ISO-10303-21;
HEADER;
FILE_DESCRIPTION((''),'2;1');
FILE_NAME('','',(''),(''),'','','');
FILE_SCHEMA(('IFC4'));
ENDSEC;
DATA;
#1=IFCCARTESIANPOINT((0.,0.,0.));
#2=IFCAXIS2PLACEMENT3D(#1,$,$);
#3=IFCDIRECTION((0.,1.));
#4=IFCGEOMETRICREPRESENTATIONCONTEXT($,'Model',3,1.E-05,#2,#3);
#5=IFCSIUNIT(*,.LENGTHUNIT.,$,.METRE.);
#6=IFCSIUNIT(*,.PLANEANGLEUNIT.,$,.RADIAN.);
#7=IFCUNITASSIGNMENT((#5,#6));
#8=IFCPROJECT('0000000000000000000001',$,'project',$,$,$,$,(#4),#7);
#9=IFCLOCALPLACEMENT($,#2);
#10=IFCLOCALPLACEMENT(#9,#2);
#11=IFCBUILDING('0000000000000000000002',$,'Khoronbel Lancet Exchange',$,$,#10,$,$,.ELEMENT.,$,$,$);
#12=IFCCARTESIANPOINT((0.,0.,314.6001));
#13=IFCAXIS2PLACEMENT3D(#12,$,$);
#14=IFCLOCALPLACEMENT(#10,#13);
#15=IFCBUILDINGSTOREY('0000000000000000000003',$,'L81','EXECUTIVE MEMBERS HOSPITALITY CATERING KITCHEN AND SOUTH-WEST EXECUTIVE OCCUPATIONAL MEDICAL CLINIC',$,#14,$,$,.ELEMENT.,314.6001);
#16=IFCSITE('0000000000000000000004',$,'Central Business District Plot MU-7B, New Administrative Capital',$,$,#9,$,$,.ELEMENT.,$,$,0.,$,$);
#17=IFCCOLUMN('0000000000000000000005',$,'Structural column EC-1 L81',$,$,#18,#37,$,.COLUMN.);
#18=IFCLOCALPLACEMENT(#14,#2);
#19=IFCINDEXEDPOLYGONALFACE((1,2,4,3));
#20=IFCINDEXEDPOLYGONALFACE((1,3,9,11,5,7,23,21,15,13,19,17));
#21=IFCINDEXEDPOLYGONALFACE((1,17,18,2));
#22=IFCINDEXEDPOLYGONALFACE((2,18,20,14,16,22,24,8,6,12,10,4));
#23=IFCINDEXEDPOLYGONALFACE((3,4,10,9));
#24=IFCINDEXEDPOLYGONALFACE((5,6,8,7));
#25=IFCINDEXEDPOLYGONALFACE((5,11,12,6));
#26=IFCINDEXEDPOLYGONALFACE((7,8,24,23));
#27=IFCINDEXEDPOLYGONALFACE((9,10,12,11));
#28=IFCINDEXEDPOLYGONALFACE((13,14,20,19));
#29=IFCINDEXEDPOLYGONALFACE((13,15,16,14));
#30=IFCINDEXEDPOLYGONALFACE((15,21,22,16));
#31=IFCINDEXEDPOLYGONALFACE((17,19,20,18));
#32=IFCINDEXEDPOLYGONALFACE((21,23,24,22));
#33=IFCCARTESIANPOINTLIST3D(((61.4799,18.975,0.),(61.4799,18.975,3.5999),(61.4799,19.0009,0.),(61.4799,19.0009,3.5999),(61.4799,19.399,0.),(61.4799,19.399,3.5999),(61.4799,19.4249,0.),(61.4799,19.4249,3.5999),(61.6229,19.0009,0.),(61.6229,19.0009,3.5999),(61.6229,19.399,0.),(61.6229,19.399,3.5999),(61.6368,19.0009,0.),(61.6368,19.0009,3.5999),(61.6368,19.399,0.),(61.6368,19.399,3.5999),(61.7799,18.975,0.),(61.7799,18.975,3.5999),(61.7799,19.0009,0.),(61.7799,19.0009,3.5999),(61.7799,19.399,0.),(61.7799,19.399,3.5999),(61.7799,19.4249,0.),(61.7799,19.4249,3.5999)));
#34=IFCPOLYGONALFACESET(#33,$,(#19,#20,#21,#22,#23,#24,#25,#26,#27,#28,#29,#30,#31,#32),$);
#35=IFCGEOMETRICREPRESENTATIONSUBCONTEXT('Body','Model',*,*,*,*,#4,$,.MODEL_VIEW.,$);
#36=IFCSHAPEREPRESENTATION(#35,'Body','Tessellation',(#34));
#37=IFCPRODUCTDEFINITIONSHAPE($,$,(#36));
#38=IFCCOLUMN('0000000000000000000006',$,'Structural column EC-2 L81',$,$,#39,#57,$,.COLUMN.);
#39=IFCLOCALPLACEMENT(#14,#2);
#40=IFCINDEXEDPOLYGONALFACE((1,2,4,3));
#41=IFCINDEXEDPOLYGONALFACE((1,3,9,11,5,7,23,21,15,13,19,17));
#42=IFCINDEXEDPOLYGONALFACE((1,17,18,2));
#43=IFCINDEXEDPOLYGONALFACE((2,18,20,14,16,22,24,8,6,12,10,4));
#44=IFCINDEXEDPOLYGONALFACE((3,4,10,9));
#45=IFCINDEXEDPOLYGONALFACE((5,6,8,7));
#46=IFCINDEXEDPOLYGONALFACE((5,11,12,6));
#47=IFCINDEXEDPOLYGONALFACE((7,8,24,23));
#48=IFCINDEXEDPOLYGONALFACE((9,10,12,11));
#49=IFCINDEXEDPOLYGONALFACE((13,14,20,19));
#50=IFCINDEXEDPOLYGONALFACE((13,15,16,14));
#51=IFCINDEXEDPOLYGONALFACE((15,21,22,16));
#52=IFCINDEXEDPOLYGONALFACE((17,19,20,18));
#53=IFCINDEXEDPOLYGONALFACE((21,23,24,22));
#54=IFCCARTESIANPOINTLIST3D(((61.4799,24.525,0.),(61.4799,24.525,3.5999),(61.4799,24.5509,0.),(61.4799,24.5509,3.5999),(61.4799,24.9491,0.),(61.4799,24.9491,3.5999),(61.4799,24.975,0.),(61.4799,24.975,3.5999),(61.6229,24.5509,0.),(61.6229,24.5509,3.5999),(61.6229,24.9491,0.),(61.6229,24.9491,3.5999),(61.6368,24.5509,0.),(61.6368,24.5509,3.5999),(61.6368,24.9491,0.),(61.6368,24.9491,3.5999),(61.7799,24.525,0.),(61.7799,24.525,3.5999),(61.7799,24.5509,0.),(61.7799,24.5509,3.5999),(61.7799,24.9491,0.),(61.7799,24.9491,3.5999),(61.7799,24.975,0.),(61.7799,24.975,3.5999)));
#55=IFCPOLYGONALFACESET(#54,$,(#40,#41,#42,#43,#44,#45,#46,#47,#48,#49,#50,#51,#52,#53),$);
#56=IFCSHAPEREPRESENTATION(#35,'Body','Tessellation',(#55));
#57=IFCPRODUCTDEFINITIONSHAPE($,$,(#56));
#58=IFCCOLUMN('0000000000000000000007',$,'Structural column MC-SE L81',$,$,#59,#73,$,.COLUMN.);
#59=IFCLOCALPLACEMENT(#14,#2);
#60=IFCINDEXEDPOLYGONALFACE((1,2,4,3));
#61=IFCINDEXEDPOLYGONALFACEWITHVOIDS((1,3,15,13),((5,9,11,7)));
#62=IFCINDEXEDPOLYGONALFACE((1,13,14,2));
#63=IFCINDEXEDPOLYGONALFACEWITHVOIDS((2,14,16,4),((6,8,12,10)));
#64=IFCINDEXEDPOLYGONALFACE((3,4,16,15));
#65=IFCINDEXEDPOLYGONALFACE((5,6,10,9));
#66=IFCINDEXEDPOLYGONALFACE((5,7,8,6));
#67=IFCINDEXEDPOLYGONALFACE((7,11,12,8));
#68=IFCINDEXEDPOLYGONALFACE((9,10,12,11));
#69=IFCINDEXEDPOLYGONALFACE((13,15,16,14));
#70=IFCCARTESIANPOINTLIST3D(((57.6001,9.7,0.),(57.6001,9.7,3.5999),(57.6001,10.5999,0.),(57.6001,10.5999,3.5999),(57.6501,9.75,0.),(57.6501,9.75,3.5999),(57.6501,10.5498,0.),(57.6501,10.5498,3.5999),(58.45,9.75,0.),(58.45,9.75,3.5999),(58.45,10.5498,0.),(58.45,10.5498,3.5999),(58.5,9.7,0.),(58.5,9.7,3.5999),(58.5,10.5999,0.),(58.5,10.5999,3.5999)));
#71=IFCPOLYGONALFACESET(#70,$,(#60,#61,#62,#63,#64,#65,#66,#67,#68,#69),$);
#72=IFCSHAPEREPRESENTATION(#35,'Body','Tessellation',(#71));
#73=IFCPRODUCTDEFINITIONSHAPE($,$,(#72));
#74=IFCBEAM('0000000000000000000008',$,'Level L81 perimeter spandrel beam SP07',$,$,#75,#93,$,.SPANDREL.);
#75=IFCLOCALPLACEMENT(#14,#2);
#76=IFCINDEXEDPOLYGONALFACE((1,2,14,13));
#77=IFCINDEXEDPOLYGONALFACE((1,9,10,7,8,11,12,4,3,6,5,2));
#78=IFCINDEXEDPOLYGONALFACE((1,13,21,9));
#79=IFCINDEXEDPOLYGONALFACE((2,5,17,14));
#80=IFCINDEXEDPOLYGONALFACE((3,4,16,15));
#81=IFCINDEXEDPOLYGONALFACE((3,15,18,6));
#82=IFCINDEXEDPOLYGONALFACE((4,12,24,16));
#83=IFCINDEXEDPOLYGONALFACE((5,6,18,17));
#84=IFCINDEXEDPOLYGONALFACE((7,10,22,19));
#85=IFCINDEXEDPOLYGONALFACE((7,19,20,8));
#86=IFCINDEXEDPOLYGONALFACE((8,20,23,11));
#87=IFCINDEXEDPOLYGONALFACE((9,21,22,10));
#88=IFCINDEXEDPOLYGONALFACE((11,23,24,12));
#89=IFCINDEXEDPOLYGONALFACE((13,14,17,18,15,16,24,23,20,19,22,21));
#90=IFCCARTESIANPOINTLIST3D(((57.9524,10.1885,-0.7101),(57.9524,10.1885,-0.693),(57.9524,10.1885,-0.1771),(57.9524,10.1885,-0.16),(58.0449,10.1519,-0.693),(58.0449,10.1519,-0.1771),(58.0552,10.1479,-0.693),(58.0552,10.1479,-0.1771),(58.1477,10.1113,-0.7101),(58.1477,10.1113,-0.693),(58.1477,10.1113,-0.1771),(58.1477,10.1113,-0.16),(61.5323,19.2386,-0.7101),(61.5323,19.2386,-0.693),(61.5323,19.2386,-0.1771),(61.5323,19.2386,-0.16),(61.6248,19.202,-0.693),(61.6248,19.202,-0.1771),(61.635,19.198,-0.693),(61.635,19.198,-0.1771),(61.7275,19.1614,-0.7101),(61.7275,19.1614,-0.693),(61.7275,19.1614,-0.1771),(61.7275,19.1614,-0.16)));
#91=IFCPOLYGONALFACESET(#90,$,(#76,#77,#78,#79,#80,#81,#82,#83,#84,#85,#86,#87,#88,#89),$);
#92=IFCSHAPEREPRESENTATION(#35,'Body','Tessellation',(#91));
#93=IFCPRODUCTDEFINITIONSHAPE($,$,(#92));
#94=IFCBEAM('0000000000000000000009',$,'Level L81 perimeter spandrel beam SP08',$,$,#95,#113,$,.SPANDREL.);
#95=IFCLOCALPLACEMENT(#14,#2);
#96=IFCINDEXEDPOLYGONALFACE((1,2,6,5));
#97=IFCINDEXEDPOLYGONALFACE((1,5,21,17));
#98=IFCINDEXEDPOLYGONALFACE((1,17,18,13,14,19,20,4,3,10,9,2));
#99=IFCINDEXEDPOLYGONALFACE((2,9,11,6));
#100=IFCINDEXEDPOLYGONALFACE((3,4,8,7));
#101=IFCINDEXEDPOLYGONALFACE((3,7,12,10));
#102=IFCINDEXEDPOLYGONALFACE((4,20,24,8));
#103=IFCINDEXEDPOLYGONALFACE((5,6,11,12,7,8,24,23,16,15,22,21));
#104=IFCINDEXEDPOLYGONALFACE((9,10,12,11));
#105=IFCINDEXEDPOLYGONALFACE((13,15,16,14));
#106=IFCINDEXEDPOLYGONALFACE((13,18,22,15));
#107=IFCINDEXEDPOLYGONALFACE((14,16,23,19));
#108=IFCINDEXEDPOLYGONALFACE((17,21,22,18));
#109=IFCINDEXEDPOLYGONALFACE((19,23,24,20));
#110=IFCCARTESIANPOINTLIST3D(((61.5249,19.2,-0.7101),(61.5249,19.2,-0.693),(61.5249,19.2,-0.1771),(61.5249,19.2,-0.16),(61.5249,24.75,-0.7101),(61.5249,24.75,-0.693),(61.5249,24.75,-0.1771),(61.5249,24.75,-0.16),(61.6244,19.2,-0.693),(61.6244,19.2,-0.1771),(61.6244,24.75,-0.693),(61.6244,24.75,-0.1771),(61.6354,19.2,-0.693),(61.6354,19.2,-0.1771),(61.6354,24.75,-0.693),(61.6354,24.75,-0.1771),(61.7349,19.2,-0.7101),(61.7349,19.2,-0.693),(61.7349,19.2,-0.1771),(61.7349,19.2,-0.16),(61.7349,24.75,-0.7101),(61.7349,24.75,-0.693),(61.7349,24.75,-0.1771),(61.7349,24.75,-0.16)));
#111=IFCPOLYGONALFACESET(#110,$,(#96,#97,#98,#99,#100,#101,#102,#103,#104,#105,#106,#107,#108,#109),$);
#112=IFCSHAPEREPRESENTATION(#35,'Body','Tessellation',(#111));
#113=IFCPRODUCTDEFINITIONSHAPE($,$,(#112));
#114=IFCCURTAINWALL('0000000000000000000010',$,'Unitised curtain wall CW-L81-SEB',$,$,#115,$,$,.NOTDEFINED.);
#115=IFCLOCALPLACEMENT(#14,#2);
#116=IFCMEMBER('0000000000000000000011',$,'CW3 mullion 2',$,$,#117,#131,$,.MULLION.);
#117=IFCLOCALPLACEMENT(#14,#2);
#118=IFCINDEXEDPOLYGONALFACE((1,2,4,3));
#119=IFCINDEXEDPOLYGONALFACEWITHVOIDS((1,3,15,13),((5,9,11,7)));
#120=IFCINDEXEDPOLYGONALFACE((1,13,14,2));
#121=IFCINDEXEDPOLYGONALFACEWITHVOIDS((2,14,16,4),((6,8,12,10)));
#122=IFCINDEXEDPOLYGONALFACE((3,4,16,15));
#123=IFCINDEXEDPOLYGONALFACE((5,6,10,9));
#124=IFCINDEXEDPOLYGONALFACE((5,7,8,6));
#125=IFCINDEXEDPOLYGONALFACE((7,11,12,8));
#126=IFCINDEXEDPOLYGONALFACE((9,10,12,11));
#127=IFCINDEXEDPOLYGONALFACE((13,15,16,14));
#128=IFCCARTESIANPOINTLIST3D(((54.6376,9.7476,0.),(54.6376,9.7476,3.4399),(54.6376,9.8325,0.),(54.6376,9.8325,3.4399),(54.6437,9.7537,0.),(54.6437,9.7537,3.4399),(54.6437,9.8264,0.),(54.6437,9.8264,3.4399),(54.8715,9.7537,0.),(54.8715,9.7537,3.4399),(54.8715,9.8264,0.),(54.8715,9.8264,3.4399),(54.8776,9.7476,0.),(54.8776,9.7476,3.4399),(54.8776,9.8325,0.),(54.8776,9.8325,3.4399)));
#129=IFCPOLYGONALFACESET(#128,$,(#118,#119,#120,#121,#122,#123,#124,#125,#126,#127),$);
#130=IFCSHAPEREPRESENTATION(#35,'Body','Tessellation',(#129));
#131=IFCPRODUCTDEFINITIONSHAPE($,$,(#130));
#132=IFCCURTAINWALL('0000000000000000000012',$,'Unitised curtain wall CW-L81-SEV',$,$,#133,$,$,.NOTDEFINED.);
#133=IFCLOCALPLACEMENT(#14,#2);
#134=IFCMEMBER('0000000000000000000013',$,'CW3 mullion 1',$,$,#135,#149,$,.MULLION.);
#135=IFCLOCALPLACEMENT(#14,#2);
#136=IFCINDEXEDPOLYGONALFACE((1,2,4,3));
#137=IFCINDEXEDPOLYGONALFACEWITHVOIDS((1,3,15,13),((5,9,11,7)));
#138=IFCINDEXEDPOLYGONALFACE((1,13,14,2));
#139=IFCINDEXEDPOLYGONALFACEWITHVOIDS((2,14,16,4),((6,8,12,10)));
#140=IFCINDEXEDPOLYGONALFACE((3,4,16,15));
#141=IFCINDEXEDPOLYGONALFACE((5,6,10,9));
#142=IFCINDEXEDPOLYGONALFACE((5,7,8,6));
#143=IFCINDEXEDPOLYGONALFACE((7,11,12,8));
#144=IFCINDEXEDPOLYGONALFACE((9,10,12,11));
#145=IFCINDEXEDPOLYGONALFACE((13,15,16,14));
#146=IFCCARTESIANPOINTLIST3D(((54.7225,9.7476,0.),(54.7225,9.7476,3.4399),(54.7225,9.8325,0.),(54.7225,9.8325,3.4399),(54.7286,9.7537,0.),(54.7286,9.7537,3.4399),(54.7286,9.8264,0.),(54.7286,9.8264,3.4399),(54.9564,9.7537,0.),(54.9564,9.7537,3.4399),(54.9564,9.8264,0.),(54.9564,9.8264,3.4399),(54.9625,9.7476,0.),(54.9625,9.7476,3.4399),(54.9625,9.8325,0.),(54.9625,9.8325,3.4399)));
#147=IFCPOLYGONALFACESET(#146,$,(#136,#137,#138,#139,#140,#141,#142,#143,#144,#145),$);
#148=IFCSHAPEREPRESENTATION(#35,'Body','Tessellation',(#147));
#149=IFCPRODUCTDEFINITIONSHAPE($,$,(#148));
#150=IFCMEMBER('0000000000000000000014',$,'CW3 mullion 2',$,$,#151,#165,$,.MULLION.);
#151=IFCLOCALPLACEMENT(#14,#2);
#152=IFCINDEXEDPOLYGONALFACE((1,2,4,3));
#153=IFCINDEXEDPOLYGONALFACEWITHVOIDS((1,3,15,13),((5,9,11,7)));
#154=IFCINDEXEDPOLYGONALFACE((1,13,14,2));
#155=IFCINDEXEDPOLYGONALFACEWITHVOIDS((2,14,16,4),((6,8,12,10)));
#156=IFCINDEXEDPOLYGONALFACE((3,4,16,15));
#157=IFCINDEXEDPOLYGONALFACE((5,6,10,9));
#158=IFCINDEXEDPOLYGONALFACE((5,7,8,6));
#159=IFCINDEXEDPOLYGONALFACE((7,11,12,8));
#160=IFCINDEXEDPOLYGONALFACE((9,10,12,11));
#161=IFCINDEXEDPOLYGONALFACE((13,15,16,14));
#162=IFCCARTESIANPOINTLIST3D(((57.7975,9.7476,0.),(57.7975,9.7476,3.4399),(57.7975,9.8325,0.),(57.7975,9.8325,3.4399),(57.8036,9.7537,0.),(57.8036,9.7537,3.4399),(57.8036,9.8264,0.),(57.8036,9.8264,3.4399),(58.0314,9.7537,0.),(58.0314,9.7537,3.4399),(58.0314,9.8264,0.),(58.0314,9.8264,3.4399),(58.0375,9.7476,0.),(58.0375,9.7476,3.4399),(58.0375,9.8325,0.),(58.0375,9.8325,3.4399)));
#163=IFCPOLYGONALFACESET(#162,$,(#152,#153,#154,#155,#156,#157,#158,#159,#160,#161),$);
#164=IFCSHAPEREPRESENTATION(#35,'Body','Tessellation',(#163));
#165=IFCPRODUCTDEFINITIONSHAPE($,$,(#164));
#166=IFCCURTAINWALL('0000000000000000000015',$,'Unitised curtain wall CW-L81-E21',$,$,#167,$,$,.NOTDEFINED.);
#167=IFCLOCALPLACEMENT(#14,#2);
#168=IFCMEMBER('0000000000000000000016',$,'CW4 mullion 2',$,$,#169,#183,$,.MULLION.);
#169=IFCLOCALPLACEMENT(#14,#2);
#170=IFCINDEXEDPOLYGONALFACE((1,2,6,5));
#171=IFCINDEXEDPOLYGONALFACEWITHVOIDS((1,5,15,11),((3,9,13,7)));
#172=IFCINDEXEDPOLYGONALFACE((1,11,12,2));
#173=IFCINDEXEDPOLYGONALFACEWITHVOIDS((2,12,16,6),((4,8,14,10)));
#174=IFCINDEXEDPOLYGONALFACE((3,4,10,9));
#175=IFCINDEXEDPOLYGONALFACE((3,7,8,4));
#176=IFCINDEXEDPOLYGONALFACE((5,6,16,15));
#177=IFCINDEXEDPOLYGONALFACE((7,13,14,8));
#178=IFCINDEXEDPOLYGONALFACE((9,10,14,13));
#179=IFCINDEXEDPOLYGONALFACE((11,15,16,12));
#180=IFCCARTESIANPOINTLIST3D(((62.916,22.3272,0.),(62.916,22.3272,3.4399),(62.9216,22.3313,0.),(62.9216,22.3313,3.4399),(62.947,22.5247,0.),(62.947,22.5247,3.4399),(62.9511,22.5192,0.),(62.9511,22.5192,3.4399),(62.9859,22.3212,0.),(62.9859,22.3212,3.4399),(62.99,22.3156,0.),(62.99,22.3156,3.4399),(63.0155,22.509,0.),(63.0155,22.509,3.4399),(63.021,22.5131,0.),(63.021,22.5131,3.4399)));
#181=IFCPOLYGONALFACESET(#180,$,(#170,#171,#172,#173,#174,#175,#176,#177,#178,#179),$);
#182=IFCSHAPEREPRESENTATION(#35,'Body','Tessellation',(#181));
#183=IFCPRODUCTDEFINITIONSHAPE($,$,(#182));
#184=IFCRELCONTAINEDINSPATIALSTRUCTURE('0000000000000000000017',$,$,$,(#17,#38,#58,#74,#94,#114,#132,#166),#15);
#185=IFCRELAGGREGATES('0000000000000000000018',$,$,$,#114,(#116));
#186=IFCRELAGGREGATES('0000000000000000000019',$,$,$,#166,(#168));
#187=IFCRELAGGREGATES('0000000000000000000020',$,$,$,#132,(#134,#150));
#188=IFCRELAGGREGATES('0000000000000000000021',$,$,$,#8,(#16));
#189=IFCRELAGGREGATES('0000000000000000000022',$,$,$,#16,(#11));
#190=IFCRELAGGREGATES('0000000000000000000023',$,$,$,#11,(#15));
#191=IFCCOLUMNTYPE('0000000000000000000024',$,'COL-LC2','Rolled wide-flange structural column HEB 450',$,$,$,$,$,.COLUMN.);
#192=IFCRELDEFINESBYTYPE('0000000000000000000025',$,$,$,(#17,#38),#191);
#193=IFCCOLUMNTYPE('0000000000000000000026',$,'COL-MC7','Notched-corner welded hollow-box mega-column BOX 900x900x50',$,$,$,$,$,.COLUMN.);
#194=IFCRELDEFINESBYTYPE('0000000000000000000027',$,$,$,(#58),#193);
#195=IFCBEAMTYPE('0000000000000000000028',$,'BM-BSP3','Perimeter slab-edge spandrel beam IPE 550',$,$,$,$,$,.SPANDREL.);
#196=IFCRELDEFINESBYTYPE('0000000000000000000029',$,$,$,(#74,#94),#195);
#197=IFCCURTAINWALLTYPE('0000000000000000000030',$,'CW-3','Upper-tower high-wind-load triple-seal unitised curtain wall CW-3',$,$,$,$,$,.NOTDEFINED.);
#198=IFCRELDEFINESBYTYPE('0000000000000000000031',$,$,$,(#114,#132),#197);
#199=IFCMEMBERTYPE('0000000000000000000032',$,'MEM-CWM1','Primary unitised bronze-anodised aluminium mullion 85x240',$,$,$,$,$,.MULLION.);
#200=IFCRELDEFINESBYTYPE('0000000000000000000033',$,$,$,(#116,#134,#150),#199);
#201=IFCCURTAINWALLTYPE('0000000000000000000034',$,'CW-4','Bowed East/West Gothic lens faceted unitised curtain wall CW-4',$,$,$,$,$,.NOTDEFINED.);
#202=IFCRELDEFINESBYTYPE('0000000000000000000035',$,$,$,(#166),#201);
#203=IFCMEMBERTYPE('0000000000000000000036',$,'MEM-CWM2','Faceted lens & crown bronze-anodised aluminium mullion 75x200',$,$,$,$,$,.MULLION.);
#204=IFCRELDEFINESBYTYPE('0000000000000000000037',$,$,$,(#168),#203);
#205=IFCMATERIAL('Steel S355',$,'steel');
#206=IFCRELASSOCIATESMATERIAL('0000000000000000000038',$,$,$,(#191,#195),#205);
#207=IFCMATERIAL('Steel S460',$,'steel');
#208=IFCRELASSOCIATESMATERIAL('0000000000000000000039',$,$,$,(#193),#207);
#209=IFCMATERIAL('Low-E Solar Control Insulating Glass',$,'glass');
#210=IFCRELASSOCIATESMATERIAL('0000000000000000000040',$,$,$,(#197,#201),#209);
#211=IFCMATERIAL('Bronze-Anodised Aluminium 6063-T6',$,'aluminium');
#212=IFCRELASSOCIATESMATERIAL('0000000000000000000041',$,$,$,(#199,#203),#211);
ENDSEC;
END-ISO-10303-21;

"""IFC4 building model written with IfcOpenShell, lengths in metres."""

from ifc_helpers import new_model, si_unit, direction, frame, origin, origin_2d, place, context, subcontext, project, spatial, hollow_rectangle, i_section, extrude, material, material_profile, profile_set, type_object, element, aggregate, save


model = new_model("IFC4")

# Units and contexts
model_context = context("Model", 3, precision=1e-05, world=origin(), true_north=direction((0.0, 1.0)))
body_context = subcontext(model_context, "Body", "Model", "MODEL_VIEW")
ifc_project = project(units=[si_unit("LENGTHUNIT", "METRE"), si_unit("PLANEANGLEUNIT", "RADIAN")], contexts=[model_context])

# Site, building, storey
site_placement = place(None, origin())
site = spatial("IfcSite", under=ifc_project, at=site_placement, Name="Central Business District Plot MU-7B, New Administrative Capital", CompositionType="ELEMENT", RefElevation=0.0)
building_placement = place(site_placement, origin())
building = spatial("IfcBuilding", under=site, at=building_placement, Name="Khoronbel Lancet Exchange", CompositionType="ELEMENT")
storey_placement = place(building_placement, frame((0.0, 0.0, 314.6001)))
storey = spatial("IfcBuildingStorey", under=building, at=storey_placement, Name="L81", Description="EXECUTIVE MEMBERS HOSPITALITY CATERING KITCHEN AND SOUTH-WEST EXECUTIVE OCCUPATIONAL MEDICAL CLINIC", CompositionType="ELEMENT", Elevation=314.6001)

# Columns
ifc_material_1 = material(Name="Steel S355", Category="steel")
ifc_material_profile_1 = material_profile(ifc_material_1, i_section(OverallWidth=0.3, OverallDepth=0.45, WebThickness=0.0139, FlangeThickness=0.0259, at=origin_2d()), Name="HEB 450")
ifc_profile_set_1 = profile_set([ifc_material_profile_1], Name="Steel S355")
column_type_1 = type_object("IfcColumnType", Name="COL-LC2", Description="Rolled wide-flange structural column HEB 450", PredefinedType="COLUMN", material=ifc_profile_set_1)
for number, where, z_axis, x_axis, name in (
    (1, (61.6299, 19.2, 0.0), (0.0, 0.0, 1.0), (1.0, 0.0, 0.0), "Structural column EC-1 L81"),
    (2, (61.6299, 24.75, 0.0), (0.0, 0.0, 1.0), (1.0, 0.0, 0.0), "Structural column EC-2 L81"),
):
    element("IfcColumn", number, at=place(storey_placement, frame(where, z_axis=z_axis, x_axis=x_axis)), inside=storey, type_object=column_type_1, Name=name, PredefinedType="COLUMN", context=body_context, shape_type="SweptSolid", body=[
        extrude(i_section(OverallWidth=0.3, OverallDepth=0.45, WebThickness=0.0139, FlangeThickness=0.0259, at=origin_2d()), origin(), (0.0, 0.0, 1.0), 3.5999),
    ])
ifc_material_2 = material(Name="Steel S460", Category="steel")
ifc_material_profile_2 = material_profile(ifc_material_2, hollow_rectangle(XDim=0.8999, YDim=0.8999, WallThickness=0.05, at=origin_2d()), Name="BOX 900x900x50")
ifc_profile_set_2 = profile_set([ifc_material_profile_2], Name="Steel S460")
column_type_2 = type_object("IfcColumnType", Name="COL-MC7", Description="Notched-corner welded hollow-box mega-column BOX 900x900x50", PredefinedType="COLUMN", material=ifc_profile_set_2)
column_placement = place(storey_placement, frame((58.05, 10.1499, 0.0), z_axis=(0.0, 0.0, 1.0), x_axis=(1.0, 0.0, 0.0)))
element("IfcColumn", 3, at=column_placement, inside=storey, type_object=column_type_2, Name="Structural column MC-SE L81", PredefinedType="COLUMN", context=body_context, shape_type="SweptSolid", body=[
    extrude(hollow_rectangle(XDim=0.8999, YDim=0.8999, WallThickness=0.05, at=origin_2d()), origin(), (0.0, 0.0, 1.0), 3.5999),
])

# Beams
ifc_material_profile_3 = material_profile(ifc_material_1, i_section(OverallWidth=0.21, OverallDepth=0.55, WebThickness=0.011, FlangeThickness=0.0171, at=origin_2d()), Name="IPE 550")
ifc_profile_set_3 = profile_set([ifc_material_profile_3], Name="Steel S355")
beam_type = type_object("IfcBeamType", Name="BM-BSP3", Description="Perimeter slab-edge spandrel beam IPE 550", PredefinedType="SPANDREL", material=ifc_profile_set_3)
beam_1_placement = place(storey_placement, frame((58.05, 10.1499, -0.4351), z_axis=(0.367828, 0.929894, 0.0), x_axis=(-0.929894, 0.367828, 0.0)))
element("IfcBeam", 4, at=beam_1_placement, inside=storey, type_object=beam_type, Name="Level L81 perimeter spandrel beam SP07", PredefinedType="SPANDREL", context=body_context, shape_type="SweptSolid", body=[
    extrude(i_section(OverallWidth=0.21, OverallDepth=0.55, WebThickness=0.011, FlangeThickness=0.0171, at=origin_2d()), origin(), (0.0, 0.0, 1.0), 9.7324),
])
beam_2_placement = place(storey_placement, frame((61.6299, 19.2, -0.4351), z_axis=(0.0, 1.0, 0.0), x_axis=(-1.0, 0.0, 0.0)))
element("IfcBeam", 5, at=beam_2_placement, inside=storey, type_object=beam_type, Name="Level L81 perimeter spandrel beam SP08", PredefinedType="SPANDREL", context=body_context, shape_type="SweptSolid", body=[
    extrude(i_section(OverallWidth=0.21, OverallDepth=0.55, WebThickness=0.011, FlangeThickness=0.0171, at=origin_2d()), origin(), (0.0, 0.0, 1.0), 5.55),
])

# Curtain wall, member
ifc_material_3 = material(Name="Low-E Solar Control Insulating Glass", Category="glass")
curtain_wall_type_1 = type_object("IfcCurtainWallType", Name="CW-3", Description="Upper-tower high-wind-load triple-seal unitised curtain wall CW-3", PredefinedType="NOTDEFINED", material=ifc_material_3)
curtain_wall_1_placement = place(storey_placement, origin())
curtain_wall_1 = element("IfcCurtainWall", 6, at=curtain_wall_1_placement, inside=storey, type_object=curtain_wall_type_1, Name="Unitised curtain wall CW-L81-SEB", PredefinedType="NOTDEFINED")
ifc_material_4 = material(Name="Bronze-Anodised Aluminium 6063-T6", Category="aluminium")
ifc_material_profile_4 = material_profile(ifc_material_4, hollow_rectangle(XDim=0.085, YDim=0.24, WallThickness=0.0061, at=origin_2d()), Name="ALU MULLION 85x240")
ifc_profile_set_4 = profile_set([ifc_material_profile_4], Name="Bronze-Anodised Aluminium 6063-T6")
member_type_1 = type_object("IfcMemberType", Name="MEM-CWM1", Description="Primary unitised bronze-anodised aluminium mullion 85x240", PredefinedType="MULLION", material=ifc_profile_set_4)
member_1_placement = place(storey_placement, frame((54.7576, 9.79, 0.0), z_axis=(0.0, 0.0, 1.0), x_axis=(0.0, 1.0, 0.0)))
member_1 = element("IfcMember", 7, at=member_1_placement, type_object=member_type_1, Name="CW3 mullion 2", PredefinedType="MULLION", context=body_context, shape_type="SweptSolid", body=[
    extrude(hollow_rectangle(XDim=0.085, YDim=0.24, WallThickness=0.0061, at=origin_2d()), origin(), (0.0, 0.0, 1.0), 3.4399),
])
aggregate(curtain_wall_1, [member_1])

# Curtain wall, members
curtain_wall_2_placement = place(storey_placement, origin())
curtain_wall_2 = element("IfcCurtainWall", 8, at=curtain_wall_2_placement, inside=storey, type_object=curtain_wall_type_1, Name="Unitised curtain wall CW-L81-SEV", PredefinedType="NOTDEFINED")
member_2_placement = place(storey_placement, frame((54.8425, 9.79, 0.0), z_axis=(0.0, 0.0, 1.0), x_axis=(0.0, 1.0, 0.0)))
member_2 = element("IfcMember", 9, at=member_2_placement, type_object=member_type_1, Name="CW3 mullion 1", PredefinedType="MULLION", context=body_context, shape_type="SweptSolid", body=[
    extrude(hollow_rectangle(XDim=0.085, YDim=0.24, WallThickness=0.0061, at=origin_2d()), origin(), (0.0, 0.0, 1.0), 3.4399),
])
member_3_placement = place(storey_placement, frame((57.9175, 9.79, 0.0), z_axis=(0.0, 0.0, 1.0), x_axis=(0.0, 1.0, 0.0)))
member_3 = element("IfcMember", 10, at=member_3_placement, type_object=member_type_1, Name="CW3 mullion 2", PredefinedType="MULLION", context=body_context, shape_type="SweptSolid", body=[
    extrude(hollow_rectangle(XDim=0.085, YDim=0.24, WallThickness=0.0061, at=origin_2d()), origin(), (0.0, 0.0, 1.0), 3.4399),
])

# Curtain wall, member
curtain_wall_type_2 = type_object("IfcCurtainWallType", Name="CW-4", Description="Bowed East/West Gothic lens faceted unitised curtain wall CW-4", PredefinedType="NOTDEFINED", material=ifc_material_3)
curtain_wall_3_placement = place(storey_placement, origin())
curtain_wall_3 = element("IfcCurtainWall", 11, at=curtain_wall_3_placement, inside=storey, type_object=curtain_wall_type_2, Name="Unitised curtain wall CW-L81-E21", PredefinedType="NOTDEFINED")
ifc_material_profile_5 = material_profile(ifc_material_4, hollow_rectangle(XDim=0.075, YDim=0.2, WallThickness=0.0049, at=origin_2d()), Name="ALU MULLION 75x200")
ifc_profile_set_5 = profile_set([ifc_material_profile_5], Name="Bronze-Anodised Aluminium 6063-T6")
member_type_2 = type_object("IfcMemberType", Name="MEM-CWM2", Description="Faceted lens & crown bronze-anodised aluminium mullion 75x200", PredefinedType="MULLION", material=ifc_profile_set_5)
member_4_placement = place(storey_placement, frame((62.9685, 22.4202, 0.0), z_axis=(0.0, 0.0, 1.0), x_axis=(0.987889, -0.155165, 0.0)))
member_4 = element("IfcMember", 12, at=member_4_placement, type_object=member_type_2, Name="CW4 mullion 2", PredefinedType="MULLION", context=body_context, shape_type="SweptSolid", body=[
    extrude(hollow_rectangle(XDim=0.075, YDim=0.2, WallThickness=0.0049, at=origin_2d()), origin(), (0.0, 0.0, 1.0), 3.4399),
])

aggregate(curtain_wall_3, [member_4])
aggregate(curtain_wall_2, [member_2, member_3])

save(model, "model.ifc")
